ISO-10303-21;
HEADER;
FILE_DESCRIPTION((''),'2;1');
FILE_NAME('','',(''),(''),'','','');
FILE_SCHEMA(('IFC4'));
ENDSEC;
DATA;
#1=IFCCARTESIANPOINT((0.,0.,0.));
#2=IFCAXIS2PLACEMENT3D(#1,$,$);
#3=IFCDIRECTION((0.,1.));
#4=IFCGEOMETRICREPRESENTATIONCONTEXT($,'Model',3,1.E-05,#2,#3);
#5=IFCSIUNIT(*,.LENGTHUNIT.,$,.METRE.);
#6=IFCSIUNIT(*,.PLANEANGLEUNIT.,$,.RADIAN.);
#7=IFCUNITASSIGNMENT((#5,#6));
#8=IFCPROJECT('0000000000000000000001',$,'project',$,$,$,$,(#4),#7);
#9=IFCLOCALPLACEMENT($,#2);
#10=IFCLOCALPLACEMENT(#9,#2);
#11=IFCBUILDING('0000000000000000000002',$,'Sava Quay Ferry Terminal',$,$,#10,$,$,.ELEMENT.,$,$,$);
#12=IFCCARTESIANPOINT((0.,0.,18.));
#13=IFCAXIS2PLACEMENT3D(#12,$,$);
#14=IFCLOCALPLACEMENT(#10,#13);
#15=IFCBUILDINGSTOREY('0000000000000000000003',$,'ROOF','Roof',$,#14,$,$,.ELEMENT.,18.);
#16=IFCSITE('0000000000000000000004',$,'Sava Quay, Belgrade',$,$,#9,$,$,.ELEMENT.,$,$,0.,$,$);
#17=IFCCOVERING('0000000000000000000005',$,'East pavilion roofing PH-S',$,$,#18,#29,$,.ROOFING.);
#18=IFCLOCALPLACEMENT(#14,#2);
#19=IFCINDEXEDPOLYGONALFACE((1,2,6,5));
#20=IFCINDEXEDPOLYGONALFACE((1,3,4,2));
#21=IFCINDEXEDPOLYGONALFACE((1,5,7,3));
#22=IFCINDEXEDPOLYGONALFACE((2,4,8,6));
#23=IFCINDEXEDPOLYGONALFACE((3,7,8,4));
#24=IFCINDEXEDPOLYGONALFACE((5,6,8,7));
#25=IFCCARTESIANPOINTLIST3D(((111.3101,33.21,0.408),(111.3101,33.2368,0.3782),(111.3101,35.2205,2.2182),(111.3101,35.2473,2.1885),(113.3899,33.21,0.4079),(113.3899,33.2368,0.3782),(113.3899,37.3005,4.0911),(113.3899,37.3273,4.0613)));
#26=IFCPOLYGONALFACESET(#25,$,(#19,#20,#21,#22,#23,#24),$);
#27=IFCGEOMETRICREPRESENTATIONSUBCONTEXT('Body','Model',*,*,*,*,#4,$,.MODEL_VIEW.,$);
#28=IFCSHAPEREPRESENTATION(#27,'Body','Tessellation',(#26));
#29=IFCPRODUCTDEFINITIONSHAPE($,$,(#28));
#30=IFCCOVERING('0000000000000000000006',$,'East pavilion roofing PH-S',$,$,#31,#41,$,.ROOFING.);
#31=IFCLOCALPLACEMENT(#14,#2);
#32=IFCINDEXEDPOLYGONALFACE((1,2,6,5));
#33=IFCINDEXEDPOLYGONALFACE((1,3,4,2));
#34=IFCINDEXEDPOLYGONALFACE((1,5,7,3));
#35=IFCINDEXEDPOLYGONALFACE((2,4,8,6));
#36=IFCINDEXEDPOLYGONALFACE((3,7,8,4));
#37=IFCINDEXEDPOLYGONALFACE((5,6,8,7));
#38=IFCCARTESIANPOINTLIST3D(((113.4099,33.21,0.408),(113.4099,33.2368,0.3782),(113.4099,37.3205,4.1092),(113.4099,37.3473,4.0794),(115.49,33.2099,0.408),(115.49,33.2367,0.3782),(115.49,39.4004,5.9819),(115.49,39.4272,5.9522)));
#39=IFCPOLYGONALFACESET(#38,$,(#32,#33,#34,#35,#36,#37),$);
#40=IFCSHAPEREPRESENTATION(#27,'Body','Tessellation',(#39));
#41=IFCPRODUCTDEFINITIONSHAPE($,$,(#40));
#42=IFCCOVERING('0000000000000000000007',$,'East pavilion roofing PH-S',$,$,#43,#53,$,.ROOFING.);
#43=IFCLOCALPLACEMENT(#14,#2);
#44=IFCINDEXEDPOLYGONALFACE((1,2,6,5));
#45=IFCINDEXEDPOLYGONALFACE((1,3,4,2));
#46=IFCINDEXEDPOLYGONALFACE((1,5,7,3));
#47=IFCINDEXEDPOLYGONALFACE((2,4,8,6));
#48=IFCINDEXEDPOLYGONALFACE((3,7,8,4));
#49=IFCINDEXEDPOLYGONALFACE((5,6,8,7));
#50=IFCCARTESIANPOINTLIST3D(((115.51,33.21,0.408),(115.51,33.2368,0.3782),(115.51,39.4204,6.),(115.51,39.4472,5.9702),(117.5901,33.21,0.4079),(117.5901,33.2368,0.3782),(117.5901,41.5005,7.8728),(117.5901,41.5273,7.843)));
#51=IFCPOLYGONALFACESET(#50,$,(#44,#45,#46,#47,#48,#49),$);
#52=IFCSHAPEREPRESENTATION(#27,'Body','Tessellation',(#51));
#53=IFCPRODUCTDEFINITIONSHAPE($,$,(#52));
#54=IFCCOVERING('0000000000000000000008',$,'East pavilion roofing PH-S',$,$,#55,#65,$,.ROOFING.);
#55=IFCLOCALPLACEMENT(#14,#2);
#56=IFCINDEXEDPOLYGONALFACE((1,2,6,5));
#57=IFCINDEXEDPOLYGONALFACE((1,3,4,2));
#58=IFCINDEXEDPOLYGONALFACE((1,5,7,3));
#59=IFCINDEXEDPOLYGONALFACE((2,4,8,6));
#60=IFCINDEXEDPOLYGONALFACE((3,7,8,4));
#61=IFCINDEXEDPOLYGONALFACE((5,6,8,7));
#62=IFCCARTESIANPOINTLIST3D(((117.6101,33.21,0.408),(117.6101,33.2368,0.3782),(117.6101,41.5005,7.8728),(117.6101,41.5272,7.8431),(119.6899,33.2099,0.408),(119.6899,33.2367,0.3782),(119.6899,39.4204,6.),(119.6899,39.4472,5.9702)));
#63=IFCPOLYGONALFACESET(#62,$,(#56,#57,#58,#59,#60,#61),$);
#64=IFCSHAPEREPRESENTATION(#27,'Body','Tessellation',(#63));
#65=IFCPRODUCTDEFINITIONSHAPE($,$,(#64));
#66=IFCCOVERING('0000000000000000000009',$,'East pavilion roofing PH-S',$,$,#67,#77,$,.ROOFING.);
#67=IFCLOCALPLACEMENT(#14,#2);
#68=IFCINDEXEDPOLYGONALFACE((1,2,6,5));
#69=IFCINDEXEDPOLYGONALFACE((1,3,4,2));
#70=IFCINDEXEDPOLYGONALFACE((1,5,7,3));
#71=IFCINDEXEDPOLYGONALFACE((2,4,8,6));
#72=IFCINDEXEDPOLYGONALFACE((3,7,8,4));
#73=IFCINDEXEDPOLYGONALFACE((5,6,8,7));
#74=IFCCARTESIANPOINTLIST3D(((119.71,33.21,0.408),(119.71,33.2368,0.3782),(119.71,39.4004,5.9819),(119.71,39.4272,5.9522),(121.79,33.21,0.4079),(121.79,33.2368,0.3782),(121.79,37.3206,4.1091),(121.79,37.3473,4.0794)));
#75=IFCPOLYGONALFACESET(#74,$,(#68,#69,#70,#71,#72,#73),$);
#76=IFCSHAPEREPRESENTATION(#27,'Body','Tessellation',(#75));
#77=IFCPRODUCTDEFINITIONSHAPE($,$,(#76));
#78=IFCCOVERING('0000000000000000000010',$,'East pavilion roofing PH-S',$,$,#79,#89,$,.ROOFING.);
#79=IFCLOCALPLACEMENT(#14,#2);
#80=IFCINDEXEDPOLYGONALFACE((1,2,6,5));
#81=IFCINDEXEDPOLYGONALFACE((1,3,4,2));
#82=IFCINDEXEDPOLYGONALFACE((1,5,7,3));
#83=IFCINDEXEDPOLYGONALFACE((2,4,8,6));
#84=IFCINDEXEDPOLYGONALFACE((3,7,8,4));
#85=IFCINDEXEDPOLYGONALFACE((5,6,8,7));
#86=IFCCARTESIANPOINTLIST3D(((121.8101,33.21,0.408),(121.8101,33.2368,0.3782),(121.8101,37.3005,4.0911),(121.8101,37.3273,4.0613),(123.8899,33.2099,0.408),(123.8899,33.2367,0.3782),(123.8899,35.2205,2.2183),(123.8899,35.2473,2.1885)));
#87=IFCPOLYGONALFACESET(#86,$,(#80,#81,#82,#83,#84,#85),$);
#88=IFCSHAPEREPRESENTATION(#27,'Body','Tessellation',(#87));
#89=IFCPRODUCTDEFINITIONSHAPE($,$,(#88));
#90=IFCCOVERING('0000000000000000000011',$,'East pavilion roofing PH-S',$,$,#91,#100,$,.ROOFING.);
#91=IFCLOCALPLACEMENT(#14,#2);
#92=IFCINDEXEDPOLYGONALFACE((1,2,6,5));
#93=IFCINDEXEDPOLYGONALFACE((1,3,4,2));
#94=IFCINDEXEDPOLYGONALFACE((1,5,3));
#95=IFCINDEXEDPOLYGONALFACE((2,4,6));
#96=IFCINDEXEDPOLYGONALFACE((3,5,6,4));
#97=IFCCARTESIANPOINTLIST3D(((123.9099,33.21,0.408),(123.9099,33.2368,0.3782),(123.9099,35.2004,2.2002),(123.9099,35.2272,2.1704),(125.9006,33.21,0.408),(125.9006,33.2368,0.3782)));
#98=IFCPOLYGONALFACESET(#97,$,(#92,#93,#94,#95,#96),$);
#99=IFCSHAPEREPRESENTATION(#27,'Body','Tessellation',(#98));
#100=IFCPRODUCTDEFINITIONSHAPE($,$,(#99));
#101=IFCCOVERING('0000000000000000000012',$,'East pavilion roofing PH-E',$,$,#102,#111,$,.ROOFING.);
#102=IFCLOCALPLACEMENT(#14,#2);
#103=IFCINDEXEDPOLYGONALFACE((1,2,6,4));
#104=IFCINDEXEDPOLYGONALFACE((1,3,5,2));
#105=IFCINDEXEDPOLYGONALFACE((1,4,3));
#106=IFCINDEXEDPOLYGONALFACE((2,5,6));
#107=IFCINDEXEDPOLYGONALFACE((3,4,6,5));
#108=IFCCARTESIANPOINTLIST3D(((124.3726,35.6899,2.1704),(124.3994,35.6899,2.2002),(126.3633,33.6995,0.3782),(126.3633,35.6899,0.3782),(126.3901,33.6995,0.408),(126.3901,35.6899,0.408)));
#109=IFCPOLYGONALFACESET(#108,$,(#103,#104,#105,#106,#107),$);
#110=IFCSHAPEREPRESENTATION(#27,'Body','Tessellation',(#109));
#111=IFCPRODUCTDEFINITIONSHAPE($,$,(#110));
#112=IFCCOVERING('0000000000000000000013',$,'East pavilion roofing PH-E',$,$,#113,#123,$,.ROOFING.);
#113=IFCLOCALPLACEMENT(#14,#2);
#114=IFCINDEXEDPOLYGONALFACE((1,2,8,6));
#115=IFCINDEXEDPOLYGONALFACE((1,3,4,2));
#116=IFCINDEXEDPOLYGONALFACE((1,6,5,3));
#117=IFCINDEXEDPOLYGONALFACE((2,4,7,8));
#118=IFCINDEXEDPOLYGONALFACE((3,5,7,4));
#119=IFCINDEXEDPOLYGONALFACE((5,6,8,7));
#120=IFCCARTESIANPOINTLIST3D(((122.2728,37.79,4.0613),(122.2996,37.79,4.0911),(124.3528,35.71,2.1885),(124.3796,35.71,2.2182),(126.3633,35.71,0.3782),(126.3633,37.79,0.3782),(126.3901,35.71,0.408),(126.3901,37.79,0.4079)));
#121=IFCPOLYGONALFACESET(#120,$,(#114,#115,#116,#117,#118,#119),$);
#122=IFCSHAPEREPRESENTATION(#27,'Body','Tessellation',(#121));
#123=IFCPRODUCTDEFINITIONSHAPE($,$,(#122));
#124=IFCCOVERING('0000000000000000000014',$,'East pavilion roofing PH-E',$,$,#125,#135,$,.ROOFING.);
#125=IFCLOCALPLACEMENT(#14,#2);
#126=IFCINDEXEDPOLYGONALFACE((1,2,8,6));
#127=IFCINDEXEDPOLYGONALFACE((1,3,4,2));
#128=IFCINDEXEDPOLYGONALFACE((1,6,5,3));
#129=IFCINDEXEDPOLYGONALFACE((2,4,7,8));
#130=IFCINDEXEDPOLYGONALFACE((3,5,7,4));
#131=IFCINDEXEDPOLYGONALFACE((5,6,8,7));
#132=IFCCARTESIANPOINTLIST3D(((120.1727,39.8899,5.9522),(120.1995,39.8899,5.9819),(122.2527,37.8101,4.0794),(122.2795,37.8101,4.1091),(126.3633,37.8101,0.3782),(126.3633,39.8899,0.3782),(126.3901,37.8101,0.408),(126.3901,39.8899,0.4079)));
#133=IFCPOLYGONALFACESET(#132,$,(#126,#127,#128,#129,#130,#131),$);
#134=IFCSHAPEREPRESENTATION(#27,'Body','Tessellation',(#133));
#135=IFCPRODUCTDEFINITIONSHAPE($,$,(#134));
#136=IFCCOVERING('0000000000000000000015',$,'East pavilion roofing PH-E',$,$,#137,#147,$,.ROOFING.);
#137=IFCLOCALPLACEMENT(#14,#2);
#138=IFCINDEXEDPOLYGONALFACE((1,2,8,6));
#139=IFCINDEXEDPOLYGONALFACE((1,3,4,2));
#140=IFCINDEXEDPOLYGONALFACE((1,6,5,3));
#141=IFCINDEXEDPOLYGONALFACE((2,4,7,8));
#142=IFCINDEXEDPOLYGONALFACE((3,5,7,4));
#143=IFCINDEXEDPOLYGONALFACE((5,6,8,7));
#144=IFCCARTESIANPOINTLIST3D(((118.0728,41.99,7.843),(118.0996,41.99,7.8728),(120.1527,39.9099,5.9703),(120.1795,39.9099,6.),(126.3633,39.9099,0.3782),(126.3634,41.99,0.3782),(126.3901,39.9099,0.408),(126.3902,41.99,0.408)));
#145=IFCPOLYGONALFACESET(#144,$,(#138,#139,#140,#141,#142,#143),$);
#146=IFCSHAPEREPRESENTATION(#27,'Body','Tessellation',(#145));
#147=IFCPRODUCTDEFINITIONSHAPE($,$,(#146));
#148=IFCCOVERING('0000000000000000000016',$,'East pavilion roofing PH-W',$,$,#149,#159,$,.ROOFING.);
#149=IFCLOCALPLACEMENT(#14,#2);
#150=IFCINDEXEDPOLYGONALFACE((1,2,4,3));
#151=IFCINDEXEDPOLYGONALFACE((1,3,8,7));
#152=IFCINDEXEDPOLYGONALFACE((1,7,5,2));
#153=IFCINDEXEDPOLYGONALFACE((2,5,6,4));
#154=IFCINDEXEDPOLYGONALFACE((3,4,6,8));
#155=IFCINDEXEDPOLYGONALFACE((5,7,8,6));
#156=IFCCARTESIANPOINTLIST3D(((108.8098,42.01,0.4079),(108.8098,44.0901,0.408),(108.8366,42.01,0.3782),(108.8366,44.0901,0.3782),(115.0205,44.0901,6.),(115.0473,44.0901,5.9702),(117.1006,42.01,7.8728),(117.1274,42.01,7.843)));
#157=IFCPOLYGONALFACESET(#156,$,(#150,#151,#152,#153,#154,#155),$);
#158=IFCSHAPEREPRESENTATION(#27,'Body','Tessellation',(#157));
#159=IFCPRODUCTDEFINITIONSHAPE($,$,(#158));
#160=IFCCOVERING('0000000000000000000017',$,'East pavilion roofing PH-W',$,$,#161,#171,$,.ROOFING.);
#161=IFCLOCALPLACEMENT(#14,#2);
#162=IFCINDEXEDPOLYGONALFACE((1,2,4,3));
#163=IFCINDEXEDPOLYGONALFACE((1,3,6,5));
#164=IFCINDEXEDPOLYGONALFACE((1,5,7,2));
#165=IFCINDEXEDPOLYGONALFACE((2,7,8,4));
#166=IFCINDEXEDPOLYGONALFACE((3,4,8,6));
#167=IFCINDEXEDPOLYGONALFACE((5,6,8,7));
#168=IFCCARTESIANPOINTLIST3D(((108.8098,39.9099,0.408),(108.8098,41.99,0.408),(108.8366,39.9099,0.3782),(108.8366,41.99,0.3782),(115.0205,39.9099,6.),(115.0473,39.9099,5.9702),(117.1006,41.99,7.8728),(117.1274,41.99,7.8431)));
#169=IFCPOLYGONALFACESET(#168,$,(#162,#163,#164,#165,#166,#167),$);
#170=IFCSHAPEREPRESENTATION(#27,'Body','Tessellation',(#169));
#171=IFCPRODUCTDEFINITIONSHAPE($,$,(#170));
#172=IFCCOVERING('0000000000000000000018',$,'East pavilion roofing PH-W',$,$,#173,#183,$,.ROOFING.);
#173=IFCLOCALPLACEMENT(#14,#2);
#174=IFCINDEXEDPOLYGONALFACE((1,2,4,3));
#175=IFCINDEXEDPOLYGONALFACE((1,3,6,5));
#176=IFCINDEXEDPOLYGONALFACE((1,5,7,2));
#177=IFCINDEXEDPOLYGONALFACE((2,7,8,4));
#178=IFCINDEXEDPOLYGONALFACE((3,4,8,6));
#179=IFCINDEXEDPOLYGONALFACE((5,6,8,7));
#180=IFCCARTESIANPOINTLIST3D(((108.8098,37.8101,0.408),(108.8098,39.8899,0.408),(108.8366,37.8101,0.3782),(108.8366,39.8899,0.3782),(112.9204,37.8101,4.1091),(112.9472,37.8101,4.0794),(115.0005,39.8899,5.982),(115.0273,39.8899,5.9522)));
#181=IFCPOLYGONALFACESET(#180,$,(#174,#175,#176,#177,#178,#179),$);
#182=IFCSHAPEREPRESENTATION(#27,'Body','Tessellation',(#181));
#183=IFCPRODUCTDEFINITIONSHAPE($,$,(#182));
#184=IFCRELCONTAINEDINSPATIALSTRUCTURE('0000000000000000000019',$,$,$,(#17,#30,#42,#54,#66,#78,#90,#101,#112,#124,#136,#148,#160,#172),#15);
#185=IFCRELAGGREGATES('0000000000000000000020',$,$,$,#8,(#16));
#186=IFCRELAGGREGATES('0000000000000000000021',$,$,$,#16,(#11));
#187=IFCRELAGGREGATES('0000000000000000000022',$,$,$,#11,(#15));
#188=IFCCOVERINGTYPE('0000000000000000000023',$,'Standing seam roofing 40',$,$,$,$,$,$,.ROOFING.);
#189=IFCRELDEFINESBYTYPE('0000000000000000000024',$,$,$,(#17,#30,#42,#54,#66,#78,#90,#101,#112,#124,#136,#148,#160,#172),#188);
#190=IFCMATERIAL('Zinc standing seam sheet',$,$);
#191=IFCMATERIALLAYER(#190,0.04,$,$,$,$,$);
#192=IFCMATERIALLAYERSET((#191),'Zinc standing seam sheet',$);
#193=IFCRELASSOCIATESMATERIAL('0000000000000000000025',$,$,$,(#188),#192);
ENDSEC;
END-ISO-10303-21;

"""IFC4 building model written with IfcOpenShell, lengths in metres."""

from ifc_helpers import new_model, si_unit, direction, frame, origin, place, context, subcontext, project, spatial, polyline, outline, extrude, material, layer, layer_set, type_object, element, save


model = new_model("IFC4")

# Units and contexts
model_context = context("Model", 3, precision=1e-05, world=origin(), true_north=direction((0.0, 1.0)))
body_context = subcontext(model_context, "Body", "Model", "MODEL_VIEW")
ifc_project = project(units=[si_unit("LENGTHUNIT", "METRE"), si_unit("PLANEANGLEUNIT", "RADIAN")], contexts=[model_context])

# Site, building, storey
site_placement = place(None, origin())
site = spatial("IfcSite", under=ifc_project, at=site_placement, Name="Sava Quay, Belgrade", CompositionType="ELEMENT", RefElevation=0.0)
building_placement = place(site_placement, origin())
building = spatial("IfcBuilding", under=site, at=building_placement, Name="Sava Quay Ferry Terminal", CompositionType="ELEMENT")
storey_placement = place(building_placement, frame((0.0, 0.0, 18.0)))
storey = spatial("IfcBuildingStorey", under=building, at=storey_placement, Name="ROOF", Description="Roof", CompositionType="ELEMENT", Elevation=18.0)

# Coverings
ifc_material_1 = material(Name="Zinc standing seam sheet")
ifc_layer_1 = layer(ifc_material_1, 0.04)
ifc_layer_set_1 = layer_set([ifc_layer_1], Name="Zinc standing seam sheet")
covering_type_1 = type_object("IfcCoveringType", Name="Standing seam roofing 40", PredefinedType="ROOFING", material=ifc_layer_set_1)
covering_1_placement = place(storey_placement, frame((113.3899, 37.3005, 4.0911), z_axis=(0.000018, -0.669129, 0.743146), x_axis=(0.0, -0.743146, -0.669129)))
element("IfcCovering", 1, at=covering_1_placement, inside=storey, type_object=covering_type_1, Name="East pavilion roofing PH-S", PredefinedType="ROOFING", context=body_context, shape_type="SweptSolid", body=[
    extrude(outline(polyline([(0.0, 0.0), (5.5044, 0.0), (5.5044, -2.0798), (2.7989, -2.0798), (0.0, 0.0)])), origin(), (0.0, 0.0, -1.0), 0.04),
])
covering_2_placement = place(storey_placement, frame((115.49, 39.4004, 5.9819), z_axis=(-0.000018, -0.669133, 0.743143), x_axis=(0.0, -0.743143, -0.669133)))
element("IfcCovering", 2, at=covering_2_placement, inside=storey, type_object=covering_type_1, Name="East pavilion roofing PH-S", PredefinedType="ROOFING", context=body_context, shape_type="SweptSolid", body=[
    extrude(outline(polyline([(0.0, 0.0), (8.3301, 0.0), (8.3301, -2.0801), (2.7988, -2.0801), (0.0, 0.0)])), origin(), (0.0, 0.0, -1.0), 0.04),
])
covering_3_placement = place(storey_placement, frame((117.5901, 41.5005, 7.8728), z_axis=(0.000023, -0.669135, 0.743141), x_axis=(0.0, -0.743141, -0.669135)))
element("IfcCovering", 3, at=covering_3_placement, inside=storey, type_object=covering_type_1, Name="East pavilion roofing PH-S", PredefinedType="ROOFING", context=body_context, shape_type="SweptSolid", body=[
    extrude(outline(polyline([(0.0, 0.0), (11.156, 0.0), (11.156, -2.0801), (2.7989, -2.0801), (0.0, 0.0)])), origin(), (0.0, 0.0, -1.0), 0.04),
])
covering_4_placement = place(storey_placement, frame((119.6899, 39.4204, 6.0), z_axis=(-0.000023, -0.669135, 0.743141), x_axis=(0.0, -0.743141, -0.669135)))
element("IfcCovering", 4, at=covering_4_placement, inside=storey, type_object=covering_type_1, Name="East pavilion roofing PH-S", PredefinedType="ROOFING", context=body_context, shape_type="SweptSolid", body=[
    extrude(outline(polyline([(0.0, 0.0), (8.3571, 0.0), (8.3571, -2.0798), (-2.7989, -2.0798), (0.0, 0.0)])), origin(), (0.0, 0.0, -1.0), 0.04),
])
covering_5_placement = place(storey_placement, frame((121.79, 37.3206, 4.1091), z_axis=(0.000018, -0.669133, 0.743143), x_axis=(0.0, -0.743143, -0.669133)))
element("IfcCovering", 5, at=covering_5_placement, inside=storey, type_object=covering_type_1, Name="East pavilion roofing PH-S", PredefinedType="ROOFING", context=body_context, shape_type="SweptSolid", body=[
    extrude(outline(polyline([(0.0, 0.0), (5.5313, 0.0), (5.5313, -2.0801), (-2.7988, -2.0801), (0.0, 0.0)])), origin(), (0.0, 0.0, -1.0), 0.04),
])
covering_6_placement = place(storey_placement, frame((123.8899, 35.2205, 2.2183), z_axis=(-0.000018, -0.669129, 0.743146), x_axis=(0.0, -0.743146, -0.669129)))
element("IfcCovering", 6, at=covering_6_placement, inside=storey, type_object=covering_type_1, Name="East pavilion roofing PH-S", PredefinedType="ROOFING", context=body_context, shape_type="SweptSolid", body=[
    extrude(outline(polyline([(0.0, 0.0), (2.7054, 0.0), (2.7054, -2.0798), (-2.7989, -2.0798), (0.0, 0.0)])), origin(), (0.0, 0.0, -1.0), 0.04),
])
covering_7_placement = place(storey_placement, frame((125.9006, 33.21, 0.408), z_axis=(0.0, -0.669131, 0.743145), x_axis=(-1.0, 0.0, 0.0)))
element("IfcCovering", 7, at=covering_7_placement, inside=storey, type_object=covering_type_1, Name="East pavilion roofing PH-S", PredefinedType="ROOFING", context=body_context, shape_type="SweptSolid", body=[
    extrude(outline(polyline([(0.0, 0.0), (1.9907, 0.0), (1.9907, -2.6785), (0.0, 0.0)])), origin(), (0.0, 0.0, -1.0), 0.04),
])
covering_8_placement = place(storey_placement, frame((124.3994, 35.6899, 2.2002), z_axis=(0.669086, 0.0, 0.743185), x_axis=(0.743185, 0.0, -0.669086)))
element("IfcCovering", 8, at=covering_8_placement, inside=storey, type_object=covering_type_1, Name="East pavilion roofing PH-E", PredefinedType="ROOFING", context=body_context, shape_type="SweptSolid", body=[
    extrude(outline(polyline([(0.0, 0.0), (2.6786, 0.0), (2.6786, -1.9905), (0.0, 0.0)])), origin(), (0.0, 0.0, -1.0), 0.04),
])
covering_9_placement = place(storey_placement, frame((122.2996, 37.79, 4.0911), z_axis=(0.669129, 0.000018, 0.743146), x_axis=(0.743146, 0.0, -0.669129)))
element("IfcCovering", 9, at=covering_9_placement, inside=storey, type_object=covering_type_1, Name="East pavilion roofing PH-E", PredefinedType="ROOFING", context=body_context, shape_type="SweptSolid", body=[
    extrude(outline(polyline([(0.0, 0.0), (5.5044, 0.0), (5.5044, -2.0801), (2.7989, -2.0801), (0.0, 0.0)])), origin(), (0.0, 0.0, -1.0), 0.04),
])
covering_10_placement = place(storey_placement, frame((120.1995, 39.8899, 5.9819), z_axis=(0.669124, 0.000014, 0.743151), x_axis=(0.743151, 0.0, -0.669124)))
element("IfcCovering", 10, at=covering_10_placement, inside=storey, type_object=covering_type_1, Name="East pavilion roofing PH-E", PredefinedType="ROOFING", context=body_context, shape_type="SweptSolid", body=[
    extrude(outline(polyline([(0.0, 0.0), (8.3303, 0.0), (8.3303, -2.0798), (2.7989, -2.0798), (0.0, 0.0)])), origin(), (0.0, 0.0, -1.0), 0.04),
])
covering_11_placement = place(storey_placement, frame((118.0996, 41.99, 7.8728), z_axis=(0.669129, -0.000022, 0.743147), x_axis=(0.743147, 0.0, -0.669129)))
element("IfcCovering", 11, at=covering_11_placement, inside=storey, type_object=covering_type_1, Name="East pavilion roofing PH-E", PredefinedType="ROOFING", context=body_context, shape_type="SweptSolid", body=[
    extrude(outline(polyline([(0.0, 0.0), (11.156, 0.0), (11.156, -2.0801), (2.7988, -2.0801), (0.0, 0.0)])), origin(), (0.0, 0.0, -1.0), 0.04),
])
covering_12_placement = place(storey_placement, frame((117.1006, 42.01, 7.8728), z_axis=(-0.669122, -0.000012, 0.743152), x_axis=(-0.743152, 0.0, -0.669122)))
element("IfcCovering", 12, at=covering_12_placement, inside=storey, type_object=covering_type_1, Name="East pavilion roofing PH-W", PredefinedType="ROOFING", context=body_context, shape_type="SweptSolid", body=[
    extrude(outline(polyline([(0.0, 0.0), (11.1562, 0.0), (11.1562, -2.0801), (2.7989, -2.0801), (0.0, 0.0)])), origin(), (0.0, 0.0, -1.0), 0.04),
])
covering_13_placement = place(storey_placement, frame((115.0205, 39.9099, 6.0), z_axis=(-0.669122, 0.000012, 0.743152), x_axis=(-0.743152, 0.0, -0.669122)))
element("IfcCovering", 13, at=covering_13_placement, inside=storey, type_object=covering_type_1, Name="East pavilion roofing PH-W", PredefinedType="ROOFING", context=body_context, shape_type="SweptSolid", body=[
    extrude(outline(polyline([(0.0, 0.0), (8.3573, 0.0), (8.3573, -2.0801), (-2.7989, -2.0801), (0.0, 0.0)])), origin(), (0.0, 0.0, -1.0), 0.04),
])
covering_14_placement = place(storey_placement, frame((112.9204, 37.8101, 4.1091), z_axis=(-0.669124, 0.000014, 0.743151), x_axis=(-0.743151, 0.0, -0.669124)))
element("IfcCovering", 14, at=covering_14_placement, inside=storey, type_object=covering_type_1, Name="East pavilion roofing PH-W", PredefinedType="ROOFING", context=body_context, shape_type="SweptSolid", body=[
    extrude(outline(polyline([(0.0, 0.0), (5.5313, 0.0), (5.5313, -2.0798), (-2.7989, -2.0798), (0.0, 0.0)])), origin(), (0.0, 0.0, -1.0), 0.04),
])

save(model, "model.ifc")
